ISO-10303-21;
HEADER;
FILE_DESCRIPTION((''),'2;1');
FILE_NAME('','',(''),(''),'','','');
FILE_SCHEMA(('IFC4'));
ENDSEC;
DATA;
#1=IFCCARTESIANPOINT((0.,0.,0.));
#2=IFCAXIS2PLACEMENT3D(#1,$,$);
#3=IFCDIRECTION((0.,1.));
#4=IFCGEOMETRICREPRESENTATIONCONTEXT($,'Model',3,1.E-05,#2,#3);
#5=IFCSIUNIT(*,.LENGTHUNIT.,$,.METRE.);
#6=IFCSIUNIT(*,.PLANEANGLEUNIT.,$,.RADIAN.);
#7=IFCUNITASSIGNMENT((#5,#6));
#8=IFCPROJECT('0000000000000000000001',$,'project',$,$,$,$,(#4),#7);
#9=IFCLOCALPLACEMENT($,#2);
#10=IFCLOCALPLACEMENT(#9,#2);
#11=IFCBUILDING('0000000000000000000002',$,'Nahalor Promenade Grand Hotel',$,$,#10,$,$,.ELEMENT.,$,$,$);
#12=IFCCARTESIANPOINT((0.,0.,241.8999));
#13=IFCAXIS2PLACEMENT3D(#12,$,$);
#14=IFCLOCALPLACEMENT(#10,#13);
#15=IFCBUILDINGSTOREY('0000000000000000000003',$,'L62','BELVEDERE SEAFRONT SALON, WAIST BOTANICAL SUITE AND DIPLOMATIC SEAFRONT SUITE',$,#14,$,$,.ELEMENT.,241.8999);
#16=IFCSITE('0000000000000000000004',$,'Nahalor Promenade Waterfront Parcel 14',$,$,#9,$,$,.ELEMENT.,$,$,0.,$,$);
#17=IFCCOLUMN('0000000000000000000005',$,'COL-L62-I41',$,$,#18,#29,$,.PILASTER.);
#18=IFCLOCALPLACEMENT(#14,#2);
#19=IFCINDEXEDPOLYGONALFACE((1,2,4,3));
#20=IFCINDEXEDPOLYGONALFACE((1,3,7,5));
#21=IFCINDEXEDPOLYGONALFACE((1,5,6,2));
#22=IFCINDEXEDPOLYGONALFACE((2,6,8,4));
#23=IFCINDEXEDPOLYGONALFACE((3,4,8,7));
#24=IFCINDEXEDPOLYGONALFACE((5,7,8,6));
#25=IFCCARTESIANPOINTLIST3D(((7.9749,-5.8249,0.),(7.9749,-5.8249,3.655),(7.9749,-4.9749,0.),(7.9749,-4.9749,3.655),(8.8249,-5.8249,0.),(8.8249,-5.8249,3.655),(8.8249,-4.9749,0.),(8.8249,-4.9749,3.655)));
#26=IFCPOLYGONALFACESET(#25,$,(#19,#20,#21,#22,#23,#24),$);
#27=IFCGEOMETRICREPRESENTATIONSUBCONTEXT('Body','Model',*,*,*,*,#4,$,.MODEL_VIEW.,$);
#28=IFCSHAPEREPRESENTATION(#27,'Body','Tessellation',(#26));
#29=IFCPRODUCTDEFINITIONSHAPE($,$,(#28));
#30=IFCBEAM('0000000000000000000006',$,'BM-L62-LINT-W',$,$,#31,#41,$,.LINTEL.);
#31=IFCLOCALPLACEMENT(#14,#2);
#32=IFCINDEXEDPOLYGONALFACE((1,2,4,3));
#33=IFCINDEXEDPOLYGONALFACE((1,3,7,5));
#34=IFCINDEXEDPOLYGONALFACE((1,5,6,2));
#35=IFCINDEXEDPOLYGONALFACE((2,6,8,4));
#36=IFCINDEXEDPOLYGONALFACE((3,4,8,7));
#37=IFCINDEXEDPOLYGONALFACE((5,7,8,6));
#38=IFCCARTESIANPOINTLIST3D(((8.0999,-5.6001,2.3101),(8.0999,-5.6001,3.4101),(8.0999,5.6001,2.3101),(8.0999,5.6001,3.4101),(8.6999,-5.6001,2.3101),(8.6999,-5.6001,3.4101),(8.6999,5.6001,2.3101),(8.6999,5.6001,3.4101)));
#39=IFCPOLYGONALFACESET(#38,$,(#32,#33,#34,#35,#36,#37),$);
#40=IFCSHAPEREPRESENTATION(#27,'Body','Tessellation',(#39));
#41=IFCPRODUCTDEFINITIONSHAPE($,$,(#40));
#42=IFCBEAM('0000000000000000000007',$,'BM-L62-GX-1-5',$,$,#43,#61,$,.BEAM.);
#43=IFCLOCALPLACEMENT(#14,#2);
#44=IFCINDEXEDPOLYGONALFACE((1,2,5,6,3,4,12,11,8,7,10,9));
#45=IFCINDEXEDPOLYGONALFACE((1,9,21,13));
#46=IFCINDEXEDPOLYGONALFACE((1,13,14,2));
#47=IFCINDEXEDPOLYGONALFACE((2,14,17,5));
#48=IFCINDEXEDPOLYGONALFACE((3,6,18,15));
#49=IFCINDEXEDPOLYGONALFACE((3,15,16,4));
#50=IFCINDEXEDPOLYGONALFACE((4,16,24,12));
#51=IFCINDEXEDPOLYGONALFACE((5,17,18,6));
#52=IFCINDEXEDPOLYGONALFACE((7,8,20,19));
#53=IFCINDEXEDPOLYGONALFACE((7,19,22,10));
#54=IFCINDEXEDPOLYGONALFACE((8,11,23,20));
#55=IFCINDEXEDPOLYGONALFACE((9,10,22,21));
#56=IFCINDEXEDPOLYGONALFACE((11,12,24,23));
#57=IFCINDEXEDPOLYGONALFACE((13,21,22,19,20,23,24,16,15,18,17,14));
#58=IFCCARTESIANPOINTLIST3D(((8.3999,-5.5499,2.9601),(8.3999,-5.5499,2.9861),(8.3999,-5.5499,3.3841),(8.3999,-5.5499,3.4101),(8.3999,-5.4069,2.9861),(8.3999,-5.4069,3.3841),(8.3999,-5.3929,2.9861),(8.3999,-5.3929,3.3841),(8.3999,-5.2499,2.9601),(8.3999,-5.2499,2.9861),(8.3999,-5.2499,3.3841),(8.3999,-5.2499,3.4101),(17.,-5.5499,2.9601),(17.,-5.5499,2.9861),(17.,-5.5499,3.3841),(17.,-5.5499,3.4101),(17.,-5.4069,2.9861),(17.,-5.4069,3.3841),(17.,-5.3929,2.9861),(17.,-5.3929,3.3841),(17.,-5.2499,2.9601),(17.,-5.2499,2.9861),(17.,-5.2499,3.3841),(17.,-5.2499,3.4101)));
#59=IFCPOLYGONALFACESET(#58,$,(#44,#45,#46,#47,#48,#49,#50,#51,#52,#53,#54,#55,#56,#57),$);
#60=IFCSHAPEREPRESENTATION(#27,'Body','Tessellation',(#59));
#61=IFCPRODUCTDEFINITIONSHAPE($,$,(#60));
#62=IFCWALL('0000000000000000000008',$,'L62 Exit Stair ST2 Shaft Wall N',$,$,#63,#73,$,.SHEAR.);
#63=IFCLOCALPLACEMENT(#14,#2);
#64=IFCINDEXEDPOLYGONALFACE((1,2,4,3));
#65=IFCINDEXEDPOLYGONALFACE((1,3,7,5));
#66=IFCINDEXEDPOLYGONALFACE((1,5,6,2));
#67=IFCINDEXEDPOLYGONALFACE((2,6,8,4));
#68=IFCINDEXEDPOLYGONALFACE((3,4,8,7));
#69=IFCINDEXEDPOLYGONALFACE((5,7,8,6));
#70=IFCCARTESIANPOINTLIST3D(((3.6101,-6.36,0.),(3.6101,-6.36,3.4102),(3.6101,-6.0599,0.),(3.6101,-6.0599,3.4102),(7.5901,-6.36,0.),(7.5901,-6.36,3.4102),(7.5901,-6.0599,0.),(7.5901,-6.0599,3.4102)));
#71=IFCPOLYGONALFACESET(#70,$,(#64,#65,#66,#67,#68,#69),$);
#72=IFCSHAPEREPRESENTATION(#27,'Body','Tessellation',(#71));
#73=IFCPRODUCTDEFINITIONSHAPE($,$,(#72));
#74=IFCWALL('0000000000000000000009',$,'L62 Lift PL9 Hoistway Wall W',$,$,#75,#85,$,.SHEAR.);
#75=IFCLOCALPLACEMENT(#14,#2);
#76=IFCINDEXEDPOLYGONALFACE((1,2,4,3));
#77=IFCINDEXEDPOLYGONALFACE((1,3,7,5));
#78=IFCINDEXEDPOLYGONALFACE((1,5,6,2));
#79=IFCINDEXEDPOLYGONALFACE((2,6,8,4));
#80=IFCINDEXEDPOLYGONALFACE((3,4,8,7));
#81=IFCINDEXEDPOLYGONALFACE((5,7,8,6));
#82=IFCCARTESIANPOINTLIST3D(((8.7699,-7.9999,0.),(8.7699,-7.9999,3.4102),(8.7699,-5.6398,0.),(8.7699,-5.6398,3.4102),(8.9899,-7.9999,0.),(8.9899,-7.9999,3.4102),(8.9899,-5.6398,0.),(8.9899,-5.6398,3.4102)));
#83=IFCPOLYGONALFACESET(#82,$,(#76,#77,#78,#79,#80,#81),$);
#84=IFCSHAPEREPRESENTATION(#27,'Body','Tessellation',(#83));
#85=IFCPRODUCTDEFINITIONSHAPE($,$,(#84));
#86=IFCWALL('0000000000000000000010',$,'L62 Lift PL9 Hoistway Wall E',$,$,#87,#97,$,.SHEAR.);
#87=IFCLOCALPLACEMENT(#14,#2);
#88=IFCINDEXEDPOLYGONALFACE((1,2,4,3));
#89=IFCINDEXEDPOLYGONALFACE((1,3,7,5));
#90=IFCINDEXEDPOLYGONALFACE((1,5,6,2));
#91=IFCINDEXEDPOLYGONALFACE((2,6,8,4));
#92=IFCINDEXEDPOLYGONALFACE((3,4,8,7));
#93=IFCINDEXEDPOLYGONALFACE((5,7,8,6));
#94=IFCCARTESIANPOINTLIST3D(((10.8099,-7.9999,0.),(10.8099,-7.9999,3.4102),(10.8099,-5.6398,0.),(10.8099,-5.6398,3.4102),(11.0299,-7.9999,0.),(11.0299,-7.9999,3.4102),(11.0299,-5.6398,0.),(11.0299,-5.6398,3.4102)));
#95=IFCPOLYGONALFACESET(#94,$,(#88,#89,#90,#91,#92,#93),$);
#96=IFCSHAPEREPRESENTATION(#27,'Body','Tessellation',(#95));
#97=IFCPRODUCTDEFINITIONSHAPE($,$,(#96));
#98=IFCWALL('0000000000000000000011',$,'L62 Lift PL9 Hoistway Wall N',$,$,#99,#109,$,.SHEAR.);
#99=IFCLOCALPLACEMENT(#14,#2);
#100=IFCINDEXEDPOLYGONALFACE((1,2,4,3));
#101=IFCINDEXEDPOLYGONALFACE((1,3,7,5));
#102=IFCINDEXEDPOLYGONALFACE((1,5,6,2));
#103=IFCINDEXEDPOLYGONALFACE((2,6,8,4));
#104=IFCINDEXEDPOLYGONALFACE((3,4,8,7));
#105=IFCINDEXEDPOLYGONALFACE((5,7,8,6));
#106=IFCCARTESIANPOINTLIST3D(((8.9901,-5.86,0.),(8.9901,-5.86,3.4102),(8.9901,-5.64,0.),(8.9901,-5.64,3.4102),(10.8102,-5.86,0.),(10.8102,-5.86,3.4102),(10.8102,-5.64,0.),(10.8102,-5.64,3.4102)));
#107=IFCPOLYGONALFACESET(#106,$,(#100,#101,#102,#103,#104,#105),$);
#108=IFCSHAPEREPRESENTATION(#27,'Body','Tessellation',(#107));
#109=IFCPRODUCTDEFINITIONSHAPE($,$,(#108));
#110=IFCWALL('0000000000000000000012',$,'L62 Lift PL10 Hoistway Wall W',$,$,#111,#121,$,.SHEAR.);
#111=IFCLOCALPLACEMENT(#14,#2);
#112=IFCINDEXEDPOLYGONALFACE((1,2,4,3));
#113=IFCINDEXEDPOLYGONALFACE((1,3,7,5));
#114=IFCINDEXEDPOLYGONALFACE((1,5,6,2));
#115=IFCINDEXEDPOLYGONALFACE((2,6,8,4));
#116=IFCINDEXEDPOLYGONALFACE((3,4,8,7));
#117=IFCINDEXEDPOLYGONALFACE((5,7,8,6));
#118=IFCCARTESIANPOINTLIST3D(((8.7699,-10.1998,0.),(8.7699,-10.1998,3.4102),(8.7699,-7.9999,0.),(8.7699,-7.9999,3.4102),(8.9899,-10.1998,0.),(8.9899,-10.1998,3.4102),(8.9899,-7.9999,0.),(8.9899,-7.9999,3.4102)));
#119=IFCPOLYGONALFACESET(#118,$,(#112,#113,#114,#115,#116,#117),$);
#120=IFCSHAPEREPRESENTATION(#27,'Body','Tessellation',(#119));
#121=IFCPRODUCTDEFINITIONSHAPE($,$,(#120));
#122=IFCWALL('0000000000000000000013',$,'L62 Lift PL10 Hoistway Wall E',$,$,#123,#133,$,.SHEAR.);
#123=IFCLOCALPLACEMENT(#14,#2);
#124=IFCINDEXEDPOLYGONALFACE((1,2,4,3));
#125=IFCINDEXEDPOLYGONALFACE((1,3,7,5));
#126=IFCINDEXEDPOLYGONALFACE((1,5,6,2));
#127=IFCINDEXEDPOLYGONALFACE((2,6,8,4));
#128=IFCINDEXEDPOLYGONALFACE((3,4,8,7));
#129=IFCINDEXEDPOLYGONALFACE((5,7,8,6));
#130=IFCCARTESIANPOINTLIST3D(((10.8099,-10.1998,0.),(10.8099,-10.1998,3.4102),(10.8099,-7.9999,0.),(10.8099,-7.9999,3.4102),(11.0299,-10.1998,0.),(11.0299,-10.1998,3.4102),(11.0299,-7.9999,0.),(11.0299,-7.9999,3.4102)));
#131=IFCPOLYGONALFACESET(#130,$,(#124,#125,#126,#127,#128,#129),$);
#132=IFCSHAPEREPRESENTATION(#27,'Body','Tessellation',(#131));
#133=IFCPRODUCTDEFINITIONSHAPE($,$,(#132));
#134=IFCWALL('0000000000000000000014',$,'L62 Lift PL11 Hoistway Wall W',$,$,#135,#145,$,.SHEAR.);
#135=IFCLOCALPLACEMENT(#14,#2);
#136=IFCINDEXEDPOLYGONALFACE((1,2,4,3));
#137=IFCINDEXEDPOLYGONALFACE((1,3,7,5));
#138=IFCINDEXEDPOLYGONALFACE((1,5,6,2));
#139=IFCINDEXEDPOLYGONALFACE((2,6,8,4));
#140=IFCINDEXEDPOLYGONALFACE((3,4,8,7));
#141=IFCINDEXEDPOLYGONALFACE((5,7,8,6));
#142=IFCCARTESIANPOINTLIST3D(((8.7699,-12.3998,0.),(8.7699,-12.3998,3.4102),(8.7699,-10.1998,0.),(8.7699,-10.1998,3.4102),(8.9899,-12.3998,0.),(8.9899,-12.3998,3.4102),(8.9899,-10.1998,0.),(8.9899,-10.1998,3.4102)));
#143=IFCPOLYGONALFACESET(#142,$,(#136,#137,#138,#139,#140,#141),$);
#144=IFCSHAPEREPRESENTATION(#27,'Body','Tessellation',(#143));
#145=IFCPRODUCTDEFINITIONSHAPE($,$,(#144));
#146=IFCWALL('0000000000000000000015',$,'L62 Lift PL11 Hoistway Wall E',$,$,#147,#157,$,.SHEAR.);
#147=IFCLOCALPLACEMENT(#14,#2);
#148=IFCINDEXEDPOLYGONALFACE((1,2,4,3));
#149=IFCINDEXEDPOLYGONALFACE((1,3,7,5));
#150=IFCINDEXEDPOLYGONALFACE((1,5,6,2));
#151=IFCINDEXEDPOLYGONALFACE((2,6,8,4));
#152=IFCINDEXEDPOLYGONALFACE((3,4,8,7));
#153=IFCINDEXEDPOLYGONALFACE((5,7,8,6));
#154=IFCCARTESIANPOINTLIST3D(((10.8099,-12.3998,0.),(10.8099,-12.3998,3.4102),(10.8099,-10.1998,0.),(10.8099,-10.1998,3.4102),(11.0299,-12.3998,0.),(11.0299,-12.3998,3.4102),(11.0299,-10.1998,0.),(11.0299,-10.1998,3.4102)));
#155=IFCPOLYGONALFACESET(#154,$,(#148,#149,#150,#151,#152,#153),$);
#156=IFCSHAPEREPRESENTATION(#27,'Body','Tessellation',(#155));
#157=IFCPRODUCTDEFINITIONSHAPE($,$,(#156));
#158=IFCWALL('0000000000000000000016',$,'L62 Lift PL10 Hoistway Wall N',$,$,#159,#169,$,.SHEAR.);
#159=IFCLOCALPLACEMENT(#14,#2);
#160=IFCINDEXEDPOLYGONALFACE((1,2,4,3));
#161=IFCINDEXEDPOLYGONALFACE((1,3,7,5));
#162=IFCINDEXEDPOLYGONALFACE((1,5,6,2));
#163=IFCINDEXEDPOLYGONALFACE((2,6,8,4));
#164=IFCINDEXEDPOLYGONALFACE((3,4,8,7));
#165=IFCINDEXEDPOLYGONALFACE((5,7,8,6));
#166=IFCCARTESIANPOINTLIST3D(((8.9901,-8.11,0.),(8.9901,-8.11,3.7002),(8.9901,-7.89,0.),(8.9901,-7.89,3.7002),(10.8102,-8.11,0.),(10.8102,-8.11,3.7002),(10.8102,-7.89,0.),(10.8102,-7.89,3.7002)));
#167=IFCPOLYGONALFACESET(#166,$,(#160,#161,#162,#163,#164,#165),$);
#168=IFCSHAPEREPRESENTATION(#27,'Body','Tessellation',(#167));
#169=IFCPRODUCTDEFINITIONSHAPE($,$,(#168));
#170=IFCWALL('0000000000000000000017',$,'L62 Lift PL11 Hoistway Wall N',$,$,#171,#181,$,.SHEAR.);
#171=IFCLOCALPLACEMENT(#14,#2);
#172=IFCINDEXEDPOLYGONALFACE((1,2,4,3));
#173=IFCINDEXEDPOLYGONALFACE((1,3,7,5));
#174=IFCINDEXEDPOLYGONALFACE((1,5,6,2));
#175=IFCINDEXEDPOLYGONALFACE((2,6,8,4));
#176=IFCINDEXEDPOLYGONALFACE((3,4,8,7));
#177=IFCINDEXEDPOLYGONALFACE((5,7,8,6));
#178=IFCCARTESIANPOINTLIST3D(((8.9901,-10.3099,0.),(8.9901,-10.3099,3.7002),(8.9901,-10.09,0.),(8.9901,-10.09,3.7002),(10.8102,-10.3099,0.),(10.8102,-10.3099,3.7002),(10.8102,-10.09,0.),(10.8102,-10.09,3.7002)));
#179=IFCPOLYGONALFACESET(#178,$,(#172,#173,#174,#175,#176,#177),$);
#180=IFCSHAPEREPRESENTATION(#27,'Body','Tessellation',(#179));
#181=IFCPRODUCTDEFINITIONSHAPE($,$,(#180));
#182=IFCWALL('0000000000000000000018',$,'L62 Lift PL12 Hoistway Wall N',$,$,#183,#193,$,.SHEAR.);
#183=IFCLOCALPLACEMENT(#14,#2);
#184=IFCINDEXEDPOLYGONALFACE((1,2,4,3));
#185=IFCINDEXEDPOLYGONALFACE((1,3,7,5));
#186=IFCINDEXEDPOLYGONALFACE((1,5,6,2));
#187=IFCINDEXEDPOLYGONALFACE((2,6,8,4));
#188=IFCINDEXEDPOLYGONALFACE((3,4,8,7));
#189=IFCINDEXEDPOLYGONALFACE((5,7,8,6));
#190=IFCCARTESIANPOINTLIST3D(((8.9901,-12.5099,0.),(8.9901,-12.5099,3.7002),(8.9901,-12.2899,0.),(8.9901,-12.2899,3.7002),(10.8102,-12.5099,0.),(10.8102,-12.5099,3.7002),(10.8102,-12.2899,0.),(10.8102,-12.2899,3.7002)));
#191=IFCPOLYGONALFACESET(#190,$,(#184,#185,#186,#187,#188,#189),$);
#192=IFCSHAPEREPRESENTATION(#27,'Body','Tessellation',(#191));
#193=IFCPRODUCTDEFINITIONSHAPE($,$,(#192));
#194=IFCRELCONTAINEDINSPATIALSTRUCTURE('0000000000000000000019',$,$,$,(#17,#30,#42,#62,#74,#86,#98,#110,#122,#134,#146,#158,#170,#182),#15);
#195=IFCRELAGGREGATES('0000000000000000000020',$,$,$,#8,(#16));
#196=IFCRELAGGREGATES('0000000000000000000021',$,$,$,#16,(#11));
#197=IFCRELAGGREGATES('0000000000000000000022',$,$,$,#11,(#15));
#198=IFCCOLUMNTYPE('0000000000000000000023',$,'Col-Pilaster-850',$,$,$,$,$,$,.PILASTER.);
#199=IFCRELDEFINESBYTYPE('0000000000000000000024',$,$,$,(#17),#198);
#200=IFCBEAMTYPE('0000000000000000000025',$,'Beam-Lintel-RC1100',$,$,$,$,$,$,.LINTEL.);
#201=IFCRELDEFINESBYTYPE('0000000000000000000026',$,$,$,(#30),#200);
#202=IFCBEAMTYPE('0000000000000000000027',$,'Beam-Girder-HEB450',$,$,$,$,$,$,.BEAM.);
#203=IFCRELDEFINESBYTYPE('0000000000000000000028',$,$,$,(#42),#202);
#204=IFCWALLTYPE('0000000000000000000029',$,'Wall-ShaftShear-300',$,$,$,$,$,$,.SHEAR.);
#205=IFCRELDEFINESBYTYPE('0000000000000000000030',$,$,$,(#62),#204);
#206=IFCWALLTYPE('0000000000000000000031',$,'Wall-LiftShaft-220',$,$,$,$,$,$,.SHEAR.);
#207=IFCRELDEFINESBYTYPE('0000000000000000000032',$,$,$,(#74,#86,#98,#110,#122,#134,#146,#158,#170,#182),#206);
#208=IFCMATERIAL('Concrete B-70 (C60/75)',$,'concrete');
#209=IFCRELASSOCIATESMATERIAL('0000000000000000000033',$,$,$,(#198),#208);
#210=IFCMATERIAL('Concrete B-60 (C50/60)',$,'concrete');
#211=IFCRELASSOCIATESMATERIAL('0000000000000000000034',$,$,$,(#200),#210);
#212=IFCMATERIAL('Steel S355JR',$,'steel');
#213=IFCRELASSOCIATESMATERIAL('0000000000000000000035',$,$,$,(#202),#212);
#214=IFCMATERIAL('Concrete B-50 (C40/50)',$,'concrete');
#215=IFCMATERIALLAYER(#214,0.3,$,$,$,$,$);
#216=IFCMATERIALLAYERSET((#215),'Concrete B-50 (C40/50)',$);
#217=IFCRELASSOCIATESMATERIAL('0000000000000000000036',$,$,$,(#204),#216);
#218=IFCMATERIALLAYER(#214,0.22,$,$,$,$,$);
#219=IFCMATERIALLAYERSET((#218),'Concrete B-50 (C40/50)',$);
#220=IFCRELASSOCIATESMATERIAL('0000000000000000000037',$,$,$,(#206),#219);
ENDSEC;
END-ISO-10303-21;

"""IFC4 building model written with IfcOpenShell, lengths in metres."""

from ifc_helpers import new_model, si_unit, direction, frame, frame_2d, origin, origin_2d, place, context, subcontext, project, spatial, rectangle, i_section, extrude, source, transform, mapped, material, layer, layer_set, material_profile, profile_set, type_object, element, save


model = new_model("IFC4")

# Units and contexts
model_context = context("Model", 3, precision=1e-05, world=origin(), true_north=direction((0.0, 1.0)))
body_context = subcontext(model_context, "Body", "Model", "MODEL_VIEW")
ifc_project = project(units=[si_unit("LENGTHUNIT", "METRE"), si_unit("PLANEANGLEUNIT", "RADIAN")], contexts=[model_context])

# Site, building, storey
site_placement = place(None, origin())
site = spatial("IfcSite", under=ifc_project, at=site_placement, Name="Nahalor Promenade Waterfront Parcel 14", CompositionType="ELEMENT", RefElevation=0.0)
building_placement = place(site_placement, origin())
building = spatial("IfcBuilding", under=site, at=building_placement, Name="Nahalor Promenade Grand Hotel", CompositionType="ELEMENT")
storey_placement = place(building_placement, frame((0.0, 0.0, 241.8999)))
storey = spatial("IfcBuildingStorey", under=building, at=storey_placement, Name="L62", Description="BELVEDERE SEAFRONT SALON, WAIST BOTANICAL SUITE AND DIPLOMATIC SEAFRONT SUITE", CompositionType="ELEMENT", Elevation=241.8999)

# Column
ifc_material_1 = material(Name="Concrete B-70 (C60/75)", Category="concrete")
ifc_material_profile_1 = material_profile(ifc_material_1, rectangle(XDim=0.85, YDim=0.85, at=origin_2d()), Name="RC 850x850")
ifc_profile_set_1 = profile_set([ifc_material_profile_1], Name="Concrete B-70 (C60/75)")
column_type = type_object("IfcColumnType", Name="Col-Pilaster-850", PredefinedType="PILASTER", material=ifc_profile_set_1)
shared_shape_1 = source(origin(), body_context, "Body", "SweptSolid", [
    extrude(rectangle(XDim=0.85, YDim=0.85, at=origin_2d()), origin(), (0.0, 0.0, 1.0), 3.655),
])
column_placement = place(storey_placement, frame((8.3999, -5.3999, 0.0), z_axis=(0.0, 0.0, 1.0), x_axis=(1.0, 0.0, 0.0)))
element("IfcColumn", 1, at=column_placement, inside=storey, type_object=column_type, Name="COL-L62-I41", PredefinedType="PILASTER", context=body_context, shape_type="MappedRepresentation", body=[
    mapped(shared_shape_1, transform((0.0, 0.0, 0.0), scale=1.0)),
])

# Beams
ifc_material_2 = material(Name="Concrete B-60 (C50/60)", Category="concrete")
ifc_material_profile_2 = material_profile(ifc_material_2, rectangle(XDim=0.6, YDim=1.1, at=origin_2d()), Name="RC 600x1100")
ifc_profile_set_2 = profile_set([ifc_material_profile_2], Name="Concrete B-60 (C50/60)")
beam_type_1 = type_object("IfcBeamType", Name="Beam-Lintel-RC1100", PredefinedType="LINTEL", material=ifc_profile_set_2)
shared_shape_2 = source(origin(), body_context, "Body", "SweptSolid", [
    extrude(rectangle(XDim=0.6, YDim=1.1, at=origin_2d()), origin(), (0.0, 0.0, 1.0), 11.2002),
])
beam_1_placement = place(storey_placement, frame((8.3999, -5.6001, 2.8601), z_axis=(0.0, 1.0, 0.0), x_axis=(-1.0, 0.0, 0.0)))
element("IfcBeam", 2, at=beam_1_placement, inside=storey, type_object=beam_type_1, Name="BM-L62-LINT-W", PredefinedType="LINTEL", context=body_context, shape_type="MappedRepresentation", body=[
    mapped(shared_shape_2, transform((0.0, 0.0, 0.0), scale=1.0)),
])
ifc_material_3 = material(Name="Steel S355JR", Category="steel")
ifc_material_profile_3 = material_profile(ifc_material_3, i_section(OverallWidth=0.3, OverallDepth=0.45, WebThickness=0.014, FlangeThickness=0.026, at=origin_2d()), Name="HEB 450")
ifc_profile_set_3 = profile_set([ifc_material_profile_3], Name="Steel S355JR")
beam_type_2 = type_object("IfcBeamType", Name="Beam-Girder-HEB450", PredefinedType="BEAM", material=ifc_profile_set_3)
shared_shape_3 = source(origin(), body_context, "Body", "SweptSolid", [
    extrude(i_section(OverallWidth=0.3, OverallDepth=0.45, WebThickness=0.014, FlangeThickness=0.026, at=origin_2d()), origin(), (0.0, 0.0, 1.0), 8.6001),
])
beam_2_placement = place(storey_placement, frame((8.3999, -5.3999, 3.1851), z_axis=(1.0, 0.0, 0.0), x_axis=(0.0, 1.0, 0.0)))
element("IfcBeam", 3, at=beam_2_placement, inside=storey, type_object=beam_type_2, Name="BM-L62-GX-1-5", PredefinedType="BEAM", context=body_context, shape_type="MappedRepresentation", body=[
    mapped(shared_shape_3, transform((0.0, 0.0, 0.0), scale=1.0)),
])

# Walls
ifc_material_4 = material(Name="Concrete B-50 (C40/50)", Category="concrete")
ifc_layer_1 = layer(ifc_material_4, 0.3)
ifc_layer_set_1 = layer_set([ifc_layer_1], Name="Concrete B-50 (C40/50)")
wall_type_1 = type_object("IfcWallType", Name="Wall-ShaftShear-300", PredefinedType="SHEAR", material=ifc_layer_set_1)
shared_shape_4 = source(origin(), body_context, "Body", "SweptSolid", [
    extrude(rectangle(XDim=3.98, YDim=0.3, at=frame_2d((1.99, 0.0))), origin(), (0.0, 0.0, 1.0), 3.4102),
])
wall_1_placement = place(storey_placement, frame((3.6101, -6.21, 0.0), z_axis=(0.0, 0.0, 1.0), x_axis=(1.0, 0.0, 0.0)))
element("IfcWall", 4, at=wall_1_placement, inside=storey, type_object=wall_type_1, Name="L62 Exit Stair ST2 Shaft Wall N", PredefinedType="SHEAR", context=body_context, shape_type="MappedRepresentation", body=[
    mapped(shared_shape_4, transform((0.0, 0.0, 0.0), scale=1.0)),
])
ifc_layer_2 = layer(ifc_material_4, 0.22)
ifc_layer_set_2 = layer_set([ifc_layer_2], Name="Concrete B-50 (C40/50)")
wall_type_2 = type_object("IfcWallType", Name="Wall-LiftShaft-220", PredefinedType="SHEAR", material=ifc_layer_set_2)
shared_shape_5 = source(origin(), body_context, "Body", "SweptSolid", [
    extrude(rectangle(XDim=2.3601, YDim=0.22, at=frame_2d((1.1802, 0.0))), origin(), (0.0, 0.0, 1.0), 3.4102),
])
for number, where, z_axis, x_axis, name in (
    (5, (8.8799, -8.0, 0.0), (0.0, 0.0, 1.0), (0.0, 1.0, 0.0), "L62 Lift PL9 Hoistway Wall W"),
    (6, (10.9199, -8.0, 0.0), (0.0, 0.0, 1.0), (0.0, 1.0, 0.0), "L62 Lift PL9 Hoistway Wall E"),
):
    element("IfcWall", number, at=place(storey_placement, frame(where, z_axis=z_axis, x_axis=x_axis)), inside=storey, type_object=wall_type_2, Name=name, PredefinedType="SHEAR", context=body_context, shape_type="MappedRepresentation", body=[
        mapped(shared_shape_5, transform((0.0, 0.0, 0.0), scale=1.0)),
    ])
shared_shape_6 = source(origin(), body_context, "Body", "SweptSolid", [
    extrude(rectangle(XDim=1.8201, YDim=0.22, at=frame_2d((0.9102, 0.0))), origin(), (0.0, 0.0, 1.0), 3.4102),
])
wall_2_placement = place(storey_placement, frame((8.99, -5.75, 0.0), z_axis=(0.0, 0.0, 1.0), x_axis=(1.0, 0.0, 0.0)))
element("IfcWall", 7, at=wall_2_placement, inside=storey, type_object=wall_type_2, Name="L62 Lift PL9 Hoistway Wall N", PredefinedType="SHEAR", context=body_context, shape_type="MappedRepresentation", body=[
    mapped(shared_shape_6, transform((0.0, 0.0, 0.0), scale=1.0)),
])
shared_shape_7 = source(origin(), body_context, "Body", "SweptSolid", [
    extrude(rectangle(XDim=2.2, YDim=0.22, at=frame_2d((1.1001, 0.0))), origin(), (0.0, 0.0, 1.0), 3.4102),
])
for number, where, z_axis, x_axis, name in (
    (8, (8.8799, -10.2, 0.0), (0.0, 0.0, 1.0), (0.0, 1.0, 0.0), "L62 Lift PL10 Hoistway Wall W"),
    (9, (10.9199, -10.2, 0.0), (0.0, 0.0, 1.0), (0.0, 1.0, 0.0), "L62 Lift PL10 Hoistway Wall E"),
    (10, (8.8799, -12.3999, 0.0), (0.0, 0.0, 1.0), (0.0, 1.0, 0.0), "L62 Lift PL11 Hoistway Wall W"),
    (11, (10.9199, -12.3999, 0.0), (0.0, 0.0, 1.0), (0.0, 1.0, 0.0), "L62 Lift PL11 Hoistway Wall E"),
):
    element("IfcWall", number, at=place(storey_placement, frame(where, z_axis=z_axis, x_axis=x_axis)), inside=storey, type_object=wall_type_2, Name=name, PredefinedType="SHEAR", context=body_context, shape_type="MappedRepresentation", body=[
        mapped(shared_shape_7, transform((0.0, 0.0, 0.0), scale=1.0)),
    ])
shared_shape_8 = source(origin(), body_context, "Body", "SweptSolid", [
    extrude(rectangle(XDim=1.8201, YDim=0.22, at=frame_2d((0.9102, 0.0))), origin(), (0.0, 0.0, 1.0), 3.7002),
])
for number, where, z_axis, x_axis, name in (
    (12, (8.99, -8.0, 0.0), (0.0, 0.0, 1.0), (1.0, 0.0, 0.0), "L62 Lift PL10 Hoistway Wall N"),
    (13, (8.99, -10.2, 0.0), (0.0, 0.0, 1.0), (1.0, 0.0, 0.0), "L62 Lift PL11 Hoistway Wall N"),
    (14, (8.99, -12.3999, 0.0), (0.0, 0.0, 1.0), (1.0, 0.0, 0.0), "L62 Lift PL12 Hoistway Wall N"),
):
    element("IfcWall", number, at=place(storey_placement, frame(where, z_axis=z_axis, x_axis=x_axis)), inside=storey, type_object=wall_type_2, Name=name, PredefinedType="SHEAR", context=body_context, shape_type="MappedRepresentation", body=[
        mapped(shared_shape_8, transform((0.0, 0.0, 0.0), scale=1.0)),
    ])

save(model, "model.ifc")
